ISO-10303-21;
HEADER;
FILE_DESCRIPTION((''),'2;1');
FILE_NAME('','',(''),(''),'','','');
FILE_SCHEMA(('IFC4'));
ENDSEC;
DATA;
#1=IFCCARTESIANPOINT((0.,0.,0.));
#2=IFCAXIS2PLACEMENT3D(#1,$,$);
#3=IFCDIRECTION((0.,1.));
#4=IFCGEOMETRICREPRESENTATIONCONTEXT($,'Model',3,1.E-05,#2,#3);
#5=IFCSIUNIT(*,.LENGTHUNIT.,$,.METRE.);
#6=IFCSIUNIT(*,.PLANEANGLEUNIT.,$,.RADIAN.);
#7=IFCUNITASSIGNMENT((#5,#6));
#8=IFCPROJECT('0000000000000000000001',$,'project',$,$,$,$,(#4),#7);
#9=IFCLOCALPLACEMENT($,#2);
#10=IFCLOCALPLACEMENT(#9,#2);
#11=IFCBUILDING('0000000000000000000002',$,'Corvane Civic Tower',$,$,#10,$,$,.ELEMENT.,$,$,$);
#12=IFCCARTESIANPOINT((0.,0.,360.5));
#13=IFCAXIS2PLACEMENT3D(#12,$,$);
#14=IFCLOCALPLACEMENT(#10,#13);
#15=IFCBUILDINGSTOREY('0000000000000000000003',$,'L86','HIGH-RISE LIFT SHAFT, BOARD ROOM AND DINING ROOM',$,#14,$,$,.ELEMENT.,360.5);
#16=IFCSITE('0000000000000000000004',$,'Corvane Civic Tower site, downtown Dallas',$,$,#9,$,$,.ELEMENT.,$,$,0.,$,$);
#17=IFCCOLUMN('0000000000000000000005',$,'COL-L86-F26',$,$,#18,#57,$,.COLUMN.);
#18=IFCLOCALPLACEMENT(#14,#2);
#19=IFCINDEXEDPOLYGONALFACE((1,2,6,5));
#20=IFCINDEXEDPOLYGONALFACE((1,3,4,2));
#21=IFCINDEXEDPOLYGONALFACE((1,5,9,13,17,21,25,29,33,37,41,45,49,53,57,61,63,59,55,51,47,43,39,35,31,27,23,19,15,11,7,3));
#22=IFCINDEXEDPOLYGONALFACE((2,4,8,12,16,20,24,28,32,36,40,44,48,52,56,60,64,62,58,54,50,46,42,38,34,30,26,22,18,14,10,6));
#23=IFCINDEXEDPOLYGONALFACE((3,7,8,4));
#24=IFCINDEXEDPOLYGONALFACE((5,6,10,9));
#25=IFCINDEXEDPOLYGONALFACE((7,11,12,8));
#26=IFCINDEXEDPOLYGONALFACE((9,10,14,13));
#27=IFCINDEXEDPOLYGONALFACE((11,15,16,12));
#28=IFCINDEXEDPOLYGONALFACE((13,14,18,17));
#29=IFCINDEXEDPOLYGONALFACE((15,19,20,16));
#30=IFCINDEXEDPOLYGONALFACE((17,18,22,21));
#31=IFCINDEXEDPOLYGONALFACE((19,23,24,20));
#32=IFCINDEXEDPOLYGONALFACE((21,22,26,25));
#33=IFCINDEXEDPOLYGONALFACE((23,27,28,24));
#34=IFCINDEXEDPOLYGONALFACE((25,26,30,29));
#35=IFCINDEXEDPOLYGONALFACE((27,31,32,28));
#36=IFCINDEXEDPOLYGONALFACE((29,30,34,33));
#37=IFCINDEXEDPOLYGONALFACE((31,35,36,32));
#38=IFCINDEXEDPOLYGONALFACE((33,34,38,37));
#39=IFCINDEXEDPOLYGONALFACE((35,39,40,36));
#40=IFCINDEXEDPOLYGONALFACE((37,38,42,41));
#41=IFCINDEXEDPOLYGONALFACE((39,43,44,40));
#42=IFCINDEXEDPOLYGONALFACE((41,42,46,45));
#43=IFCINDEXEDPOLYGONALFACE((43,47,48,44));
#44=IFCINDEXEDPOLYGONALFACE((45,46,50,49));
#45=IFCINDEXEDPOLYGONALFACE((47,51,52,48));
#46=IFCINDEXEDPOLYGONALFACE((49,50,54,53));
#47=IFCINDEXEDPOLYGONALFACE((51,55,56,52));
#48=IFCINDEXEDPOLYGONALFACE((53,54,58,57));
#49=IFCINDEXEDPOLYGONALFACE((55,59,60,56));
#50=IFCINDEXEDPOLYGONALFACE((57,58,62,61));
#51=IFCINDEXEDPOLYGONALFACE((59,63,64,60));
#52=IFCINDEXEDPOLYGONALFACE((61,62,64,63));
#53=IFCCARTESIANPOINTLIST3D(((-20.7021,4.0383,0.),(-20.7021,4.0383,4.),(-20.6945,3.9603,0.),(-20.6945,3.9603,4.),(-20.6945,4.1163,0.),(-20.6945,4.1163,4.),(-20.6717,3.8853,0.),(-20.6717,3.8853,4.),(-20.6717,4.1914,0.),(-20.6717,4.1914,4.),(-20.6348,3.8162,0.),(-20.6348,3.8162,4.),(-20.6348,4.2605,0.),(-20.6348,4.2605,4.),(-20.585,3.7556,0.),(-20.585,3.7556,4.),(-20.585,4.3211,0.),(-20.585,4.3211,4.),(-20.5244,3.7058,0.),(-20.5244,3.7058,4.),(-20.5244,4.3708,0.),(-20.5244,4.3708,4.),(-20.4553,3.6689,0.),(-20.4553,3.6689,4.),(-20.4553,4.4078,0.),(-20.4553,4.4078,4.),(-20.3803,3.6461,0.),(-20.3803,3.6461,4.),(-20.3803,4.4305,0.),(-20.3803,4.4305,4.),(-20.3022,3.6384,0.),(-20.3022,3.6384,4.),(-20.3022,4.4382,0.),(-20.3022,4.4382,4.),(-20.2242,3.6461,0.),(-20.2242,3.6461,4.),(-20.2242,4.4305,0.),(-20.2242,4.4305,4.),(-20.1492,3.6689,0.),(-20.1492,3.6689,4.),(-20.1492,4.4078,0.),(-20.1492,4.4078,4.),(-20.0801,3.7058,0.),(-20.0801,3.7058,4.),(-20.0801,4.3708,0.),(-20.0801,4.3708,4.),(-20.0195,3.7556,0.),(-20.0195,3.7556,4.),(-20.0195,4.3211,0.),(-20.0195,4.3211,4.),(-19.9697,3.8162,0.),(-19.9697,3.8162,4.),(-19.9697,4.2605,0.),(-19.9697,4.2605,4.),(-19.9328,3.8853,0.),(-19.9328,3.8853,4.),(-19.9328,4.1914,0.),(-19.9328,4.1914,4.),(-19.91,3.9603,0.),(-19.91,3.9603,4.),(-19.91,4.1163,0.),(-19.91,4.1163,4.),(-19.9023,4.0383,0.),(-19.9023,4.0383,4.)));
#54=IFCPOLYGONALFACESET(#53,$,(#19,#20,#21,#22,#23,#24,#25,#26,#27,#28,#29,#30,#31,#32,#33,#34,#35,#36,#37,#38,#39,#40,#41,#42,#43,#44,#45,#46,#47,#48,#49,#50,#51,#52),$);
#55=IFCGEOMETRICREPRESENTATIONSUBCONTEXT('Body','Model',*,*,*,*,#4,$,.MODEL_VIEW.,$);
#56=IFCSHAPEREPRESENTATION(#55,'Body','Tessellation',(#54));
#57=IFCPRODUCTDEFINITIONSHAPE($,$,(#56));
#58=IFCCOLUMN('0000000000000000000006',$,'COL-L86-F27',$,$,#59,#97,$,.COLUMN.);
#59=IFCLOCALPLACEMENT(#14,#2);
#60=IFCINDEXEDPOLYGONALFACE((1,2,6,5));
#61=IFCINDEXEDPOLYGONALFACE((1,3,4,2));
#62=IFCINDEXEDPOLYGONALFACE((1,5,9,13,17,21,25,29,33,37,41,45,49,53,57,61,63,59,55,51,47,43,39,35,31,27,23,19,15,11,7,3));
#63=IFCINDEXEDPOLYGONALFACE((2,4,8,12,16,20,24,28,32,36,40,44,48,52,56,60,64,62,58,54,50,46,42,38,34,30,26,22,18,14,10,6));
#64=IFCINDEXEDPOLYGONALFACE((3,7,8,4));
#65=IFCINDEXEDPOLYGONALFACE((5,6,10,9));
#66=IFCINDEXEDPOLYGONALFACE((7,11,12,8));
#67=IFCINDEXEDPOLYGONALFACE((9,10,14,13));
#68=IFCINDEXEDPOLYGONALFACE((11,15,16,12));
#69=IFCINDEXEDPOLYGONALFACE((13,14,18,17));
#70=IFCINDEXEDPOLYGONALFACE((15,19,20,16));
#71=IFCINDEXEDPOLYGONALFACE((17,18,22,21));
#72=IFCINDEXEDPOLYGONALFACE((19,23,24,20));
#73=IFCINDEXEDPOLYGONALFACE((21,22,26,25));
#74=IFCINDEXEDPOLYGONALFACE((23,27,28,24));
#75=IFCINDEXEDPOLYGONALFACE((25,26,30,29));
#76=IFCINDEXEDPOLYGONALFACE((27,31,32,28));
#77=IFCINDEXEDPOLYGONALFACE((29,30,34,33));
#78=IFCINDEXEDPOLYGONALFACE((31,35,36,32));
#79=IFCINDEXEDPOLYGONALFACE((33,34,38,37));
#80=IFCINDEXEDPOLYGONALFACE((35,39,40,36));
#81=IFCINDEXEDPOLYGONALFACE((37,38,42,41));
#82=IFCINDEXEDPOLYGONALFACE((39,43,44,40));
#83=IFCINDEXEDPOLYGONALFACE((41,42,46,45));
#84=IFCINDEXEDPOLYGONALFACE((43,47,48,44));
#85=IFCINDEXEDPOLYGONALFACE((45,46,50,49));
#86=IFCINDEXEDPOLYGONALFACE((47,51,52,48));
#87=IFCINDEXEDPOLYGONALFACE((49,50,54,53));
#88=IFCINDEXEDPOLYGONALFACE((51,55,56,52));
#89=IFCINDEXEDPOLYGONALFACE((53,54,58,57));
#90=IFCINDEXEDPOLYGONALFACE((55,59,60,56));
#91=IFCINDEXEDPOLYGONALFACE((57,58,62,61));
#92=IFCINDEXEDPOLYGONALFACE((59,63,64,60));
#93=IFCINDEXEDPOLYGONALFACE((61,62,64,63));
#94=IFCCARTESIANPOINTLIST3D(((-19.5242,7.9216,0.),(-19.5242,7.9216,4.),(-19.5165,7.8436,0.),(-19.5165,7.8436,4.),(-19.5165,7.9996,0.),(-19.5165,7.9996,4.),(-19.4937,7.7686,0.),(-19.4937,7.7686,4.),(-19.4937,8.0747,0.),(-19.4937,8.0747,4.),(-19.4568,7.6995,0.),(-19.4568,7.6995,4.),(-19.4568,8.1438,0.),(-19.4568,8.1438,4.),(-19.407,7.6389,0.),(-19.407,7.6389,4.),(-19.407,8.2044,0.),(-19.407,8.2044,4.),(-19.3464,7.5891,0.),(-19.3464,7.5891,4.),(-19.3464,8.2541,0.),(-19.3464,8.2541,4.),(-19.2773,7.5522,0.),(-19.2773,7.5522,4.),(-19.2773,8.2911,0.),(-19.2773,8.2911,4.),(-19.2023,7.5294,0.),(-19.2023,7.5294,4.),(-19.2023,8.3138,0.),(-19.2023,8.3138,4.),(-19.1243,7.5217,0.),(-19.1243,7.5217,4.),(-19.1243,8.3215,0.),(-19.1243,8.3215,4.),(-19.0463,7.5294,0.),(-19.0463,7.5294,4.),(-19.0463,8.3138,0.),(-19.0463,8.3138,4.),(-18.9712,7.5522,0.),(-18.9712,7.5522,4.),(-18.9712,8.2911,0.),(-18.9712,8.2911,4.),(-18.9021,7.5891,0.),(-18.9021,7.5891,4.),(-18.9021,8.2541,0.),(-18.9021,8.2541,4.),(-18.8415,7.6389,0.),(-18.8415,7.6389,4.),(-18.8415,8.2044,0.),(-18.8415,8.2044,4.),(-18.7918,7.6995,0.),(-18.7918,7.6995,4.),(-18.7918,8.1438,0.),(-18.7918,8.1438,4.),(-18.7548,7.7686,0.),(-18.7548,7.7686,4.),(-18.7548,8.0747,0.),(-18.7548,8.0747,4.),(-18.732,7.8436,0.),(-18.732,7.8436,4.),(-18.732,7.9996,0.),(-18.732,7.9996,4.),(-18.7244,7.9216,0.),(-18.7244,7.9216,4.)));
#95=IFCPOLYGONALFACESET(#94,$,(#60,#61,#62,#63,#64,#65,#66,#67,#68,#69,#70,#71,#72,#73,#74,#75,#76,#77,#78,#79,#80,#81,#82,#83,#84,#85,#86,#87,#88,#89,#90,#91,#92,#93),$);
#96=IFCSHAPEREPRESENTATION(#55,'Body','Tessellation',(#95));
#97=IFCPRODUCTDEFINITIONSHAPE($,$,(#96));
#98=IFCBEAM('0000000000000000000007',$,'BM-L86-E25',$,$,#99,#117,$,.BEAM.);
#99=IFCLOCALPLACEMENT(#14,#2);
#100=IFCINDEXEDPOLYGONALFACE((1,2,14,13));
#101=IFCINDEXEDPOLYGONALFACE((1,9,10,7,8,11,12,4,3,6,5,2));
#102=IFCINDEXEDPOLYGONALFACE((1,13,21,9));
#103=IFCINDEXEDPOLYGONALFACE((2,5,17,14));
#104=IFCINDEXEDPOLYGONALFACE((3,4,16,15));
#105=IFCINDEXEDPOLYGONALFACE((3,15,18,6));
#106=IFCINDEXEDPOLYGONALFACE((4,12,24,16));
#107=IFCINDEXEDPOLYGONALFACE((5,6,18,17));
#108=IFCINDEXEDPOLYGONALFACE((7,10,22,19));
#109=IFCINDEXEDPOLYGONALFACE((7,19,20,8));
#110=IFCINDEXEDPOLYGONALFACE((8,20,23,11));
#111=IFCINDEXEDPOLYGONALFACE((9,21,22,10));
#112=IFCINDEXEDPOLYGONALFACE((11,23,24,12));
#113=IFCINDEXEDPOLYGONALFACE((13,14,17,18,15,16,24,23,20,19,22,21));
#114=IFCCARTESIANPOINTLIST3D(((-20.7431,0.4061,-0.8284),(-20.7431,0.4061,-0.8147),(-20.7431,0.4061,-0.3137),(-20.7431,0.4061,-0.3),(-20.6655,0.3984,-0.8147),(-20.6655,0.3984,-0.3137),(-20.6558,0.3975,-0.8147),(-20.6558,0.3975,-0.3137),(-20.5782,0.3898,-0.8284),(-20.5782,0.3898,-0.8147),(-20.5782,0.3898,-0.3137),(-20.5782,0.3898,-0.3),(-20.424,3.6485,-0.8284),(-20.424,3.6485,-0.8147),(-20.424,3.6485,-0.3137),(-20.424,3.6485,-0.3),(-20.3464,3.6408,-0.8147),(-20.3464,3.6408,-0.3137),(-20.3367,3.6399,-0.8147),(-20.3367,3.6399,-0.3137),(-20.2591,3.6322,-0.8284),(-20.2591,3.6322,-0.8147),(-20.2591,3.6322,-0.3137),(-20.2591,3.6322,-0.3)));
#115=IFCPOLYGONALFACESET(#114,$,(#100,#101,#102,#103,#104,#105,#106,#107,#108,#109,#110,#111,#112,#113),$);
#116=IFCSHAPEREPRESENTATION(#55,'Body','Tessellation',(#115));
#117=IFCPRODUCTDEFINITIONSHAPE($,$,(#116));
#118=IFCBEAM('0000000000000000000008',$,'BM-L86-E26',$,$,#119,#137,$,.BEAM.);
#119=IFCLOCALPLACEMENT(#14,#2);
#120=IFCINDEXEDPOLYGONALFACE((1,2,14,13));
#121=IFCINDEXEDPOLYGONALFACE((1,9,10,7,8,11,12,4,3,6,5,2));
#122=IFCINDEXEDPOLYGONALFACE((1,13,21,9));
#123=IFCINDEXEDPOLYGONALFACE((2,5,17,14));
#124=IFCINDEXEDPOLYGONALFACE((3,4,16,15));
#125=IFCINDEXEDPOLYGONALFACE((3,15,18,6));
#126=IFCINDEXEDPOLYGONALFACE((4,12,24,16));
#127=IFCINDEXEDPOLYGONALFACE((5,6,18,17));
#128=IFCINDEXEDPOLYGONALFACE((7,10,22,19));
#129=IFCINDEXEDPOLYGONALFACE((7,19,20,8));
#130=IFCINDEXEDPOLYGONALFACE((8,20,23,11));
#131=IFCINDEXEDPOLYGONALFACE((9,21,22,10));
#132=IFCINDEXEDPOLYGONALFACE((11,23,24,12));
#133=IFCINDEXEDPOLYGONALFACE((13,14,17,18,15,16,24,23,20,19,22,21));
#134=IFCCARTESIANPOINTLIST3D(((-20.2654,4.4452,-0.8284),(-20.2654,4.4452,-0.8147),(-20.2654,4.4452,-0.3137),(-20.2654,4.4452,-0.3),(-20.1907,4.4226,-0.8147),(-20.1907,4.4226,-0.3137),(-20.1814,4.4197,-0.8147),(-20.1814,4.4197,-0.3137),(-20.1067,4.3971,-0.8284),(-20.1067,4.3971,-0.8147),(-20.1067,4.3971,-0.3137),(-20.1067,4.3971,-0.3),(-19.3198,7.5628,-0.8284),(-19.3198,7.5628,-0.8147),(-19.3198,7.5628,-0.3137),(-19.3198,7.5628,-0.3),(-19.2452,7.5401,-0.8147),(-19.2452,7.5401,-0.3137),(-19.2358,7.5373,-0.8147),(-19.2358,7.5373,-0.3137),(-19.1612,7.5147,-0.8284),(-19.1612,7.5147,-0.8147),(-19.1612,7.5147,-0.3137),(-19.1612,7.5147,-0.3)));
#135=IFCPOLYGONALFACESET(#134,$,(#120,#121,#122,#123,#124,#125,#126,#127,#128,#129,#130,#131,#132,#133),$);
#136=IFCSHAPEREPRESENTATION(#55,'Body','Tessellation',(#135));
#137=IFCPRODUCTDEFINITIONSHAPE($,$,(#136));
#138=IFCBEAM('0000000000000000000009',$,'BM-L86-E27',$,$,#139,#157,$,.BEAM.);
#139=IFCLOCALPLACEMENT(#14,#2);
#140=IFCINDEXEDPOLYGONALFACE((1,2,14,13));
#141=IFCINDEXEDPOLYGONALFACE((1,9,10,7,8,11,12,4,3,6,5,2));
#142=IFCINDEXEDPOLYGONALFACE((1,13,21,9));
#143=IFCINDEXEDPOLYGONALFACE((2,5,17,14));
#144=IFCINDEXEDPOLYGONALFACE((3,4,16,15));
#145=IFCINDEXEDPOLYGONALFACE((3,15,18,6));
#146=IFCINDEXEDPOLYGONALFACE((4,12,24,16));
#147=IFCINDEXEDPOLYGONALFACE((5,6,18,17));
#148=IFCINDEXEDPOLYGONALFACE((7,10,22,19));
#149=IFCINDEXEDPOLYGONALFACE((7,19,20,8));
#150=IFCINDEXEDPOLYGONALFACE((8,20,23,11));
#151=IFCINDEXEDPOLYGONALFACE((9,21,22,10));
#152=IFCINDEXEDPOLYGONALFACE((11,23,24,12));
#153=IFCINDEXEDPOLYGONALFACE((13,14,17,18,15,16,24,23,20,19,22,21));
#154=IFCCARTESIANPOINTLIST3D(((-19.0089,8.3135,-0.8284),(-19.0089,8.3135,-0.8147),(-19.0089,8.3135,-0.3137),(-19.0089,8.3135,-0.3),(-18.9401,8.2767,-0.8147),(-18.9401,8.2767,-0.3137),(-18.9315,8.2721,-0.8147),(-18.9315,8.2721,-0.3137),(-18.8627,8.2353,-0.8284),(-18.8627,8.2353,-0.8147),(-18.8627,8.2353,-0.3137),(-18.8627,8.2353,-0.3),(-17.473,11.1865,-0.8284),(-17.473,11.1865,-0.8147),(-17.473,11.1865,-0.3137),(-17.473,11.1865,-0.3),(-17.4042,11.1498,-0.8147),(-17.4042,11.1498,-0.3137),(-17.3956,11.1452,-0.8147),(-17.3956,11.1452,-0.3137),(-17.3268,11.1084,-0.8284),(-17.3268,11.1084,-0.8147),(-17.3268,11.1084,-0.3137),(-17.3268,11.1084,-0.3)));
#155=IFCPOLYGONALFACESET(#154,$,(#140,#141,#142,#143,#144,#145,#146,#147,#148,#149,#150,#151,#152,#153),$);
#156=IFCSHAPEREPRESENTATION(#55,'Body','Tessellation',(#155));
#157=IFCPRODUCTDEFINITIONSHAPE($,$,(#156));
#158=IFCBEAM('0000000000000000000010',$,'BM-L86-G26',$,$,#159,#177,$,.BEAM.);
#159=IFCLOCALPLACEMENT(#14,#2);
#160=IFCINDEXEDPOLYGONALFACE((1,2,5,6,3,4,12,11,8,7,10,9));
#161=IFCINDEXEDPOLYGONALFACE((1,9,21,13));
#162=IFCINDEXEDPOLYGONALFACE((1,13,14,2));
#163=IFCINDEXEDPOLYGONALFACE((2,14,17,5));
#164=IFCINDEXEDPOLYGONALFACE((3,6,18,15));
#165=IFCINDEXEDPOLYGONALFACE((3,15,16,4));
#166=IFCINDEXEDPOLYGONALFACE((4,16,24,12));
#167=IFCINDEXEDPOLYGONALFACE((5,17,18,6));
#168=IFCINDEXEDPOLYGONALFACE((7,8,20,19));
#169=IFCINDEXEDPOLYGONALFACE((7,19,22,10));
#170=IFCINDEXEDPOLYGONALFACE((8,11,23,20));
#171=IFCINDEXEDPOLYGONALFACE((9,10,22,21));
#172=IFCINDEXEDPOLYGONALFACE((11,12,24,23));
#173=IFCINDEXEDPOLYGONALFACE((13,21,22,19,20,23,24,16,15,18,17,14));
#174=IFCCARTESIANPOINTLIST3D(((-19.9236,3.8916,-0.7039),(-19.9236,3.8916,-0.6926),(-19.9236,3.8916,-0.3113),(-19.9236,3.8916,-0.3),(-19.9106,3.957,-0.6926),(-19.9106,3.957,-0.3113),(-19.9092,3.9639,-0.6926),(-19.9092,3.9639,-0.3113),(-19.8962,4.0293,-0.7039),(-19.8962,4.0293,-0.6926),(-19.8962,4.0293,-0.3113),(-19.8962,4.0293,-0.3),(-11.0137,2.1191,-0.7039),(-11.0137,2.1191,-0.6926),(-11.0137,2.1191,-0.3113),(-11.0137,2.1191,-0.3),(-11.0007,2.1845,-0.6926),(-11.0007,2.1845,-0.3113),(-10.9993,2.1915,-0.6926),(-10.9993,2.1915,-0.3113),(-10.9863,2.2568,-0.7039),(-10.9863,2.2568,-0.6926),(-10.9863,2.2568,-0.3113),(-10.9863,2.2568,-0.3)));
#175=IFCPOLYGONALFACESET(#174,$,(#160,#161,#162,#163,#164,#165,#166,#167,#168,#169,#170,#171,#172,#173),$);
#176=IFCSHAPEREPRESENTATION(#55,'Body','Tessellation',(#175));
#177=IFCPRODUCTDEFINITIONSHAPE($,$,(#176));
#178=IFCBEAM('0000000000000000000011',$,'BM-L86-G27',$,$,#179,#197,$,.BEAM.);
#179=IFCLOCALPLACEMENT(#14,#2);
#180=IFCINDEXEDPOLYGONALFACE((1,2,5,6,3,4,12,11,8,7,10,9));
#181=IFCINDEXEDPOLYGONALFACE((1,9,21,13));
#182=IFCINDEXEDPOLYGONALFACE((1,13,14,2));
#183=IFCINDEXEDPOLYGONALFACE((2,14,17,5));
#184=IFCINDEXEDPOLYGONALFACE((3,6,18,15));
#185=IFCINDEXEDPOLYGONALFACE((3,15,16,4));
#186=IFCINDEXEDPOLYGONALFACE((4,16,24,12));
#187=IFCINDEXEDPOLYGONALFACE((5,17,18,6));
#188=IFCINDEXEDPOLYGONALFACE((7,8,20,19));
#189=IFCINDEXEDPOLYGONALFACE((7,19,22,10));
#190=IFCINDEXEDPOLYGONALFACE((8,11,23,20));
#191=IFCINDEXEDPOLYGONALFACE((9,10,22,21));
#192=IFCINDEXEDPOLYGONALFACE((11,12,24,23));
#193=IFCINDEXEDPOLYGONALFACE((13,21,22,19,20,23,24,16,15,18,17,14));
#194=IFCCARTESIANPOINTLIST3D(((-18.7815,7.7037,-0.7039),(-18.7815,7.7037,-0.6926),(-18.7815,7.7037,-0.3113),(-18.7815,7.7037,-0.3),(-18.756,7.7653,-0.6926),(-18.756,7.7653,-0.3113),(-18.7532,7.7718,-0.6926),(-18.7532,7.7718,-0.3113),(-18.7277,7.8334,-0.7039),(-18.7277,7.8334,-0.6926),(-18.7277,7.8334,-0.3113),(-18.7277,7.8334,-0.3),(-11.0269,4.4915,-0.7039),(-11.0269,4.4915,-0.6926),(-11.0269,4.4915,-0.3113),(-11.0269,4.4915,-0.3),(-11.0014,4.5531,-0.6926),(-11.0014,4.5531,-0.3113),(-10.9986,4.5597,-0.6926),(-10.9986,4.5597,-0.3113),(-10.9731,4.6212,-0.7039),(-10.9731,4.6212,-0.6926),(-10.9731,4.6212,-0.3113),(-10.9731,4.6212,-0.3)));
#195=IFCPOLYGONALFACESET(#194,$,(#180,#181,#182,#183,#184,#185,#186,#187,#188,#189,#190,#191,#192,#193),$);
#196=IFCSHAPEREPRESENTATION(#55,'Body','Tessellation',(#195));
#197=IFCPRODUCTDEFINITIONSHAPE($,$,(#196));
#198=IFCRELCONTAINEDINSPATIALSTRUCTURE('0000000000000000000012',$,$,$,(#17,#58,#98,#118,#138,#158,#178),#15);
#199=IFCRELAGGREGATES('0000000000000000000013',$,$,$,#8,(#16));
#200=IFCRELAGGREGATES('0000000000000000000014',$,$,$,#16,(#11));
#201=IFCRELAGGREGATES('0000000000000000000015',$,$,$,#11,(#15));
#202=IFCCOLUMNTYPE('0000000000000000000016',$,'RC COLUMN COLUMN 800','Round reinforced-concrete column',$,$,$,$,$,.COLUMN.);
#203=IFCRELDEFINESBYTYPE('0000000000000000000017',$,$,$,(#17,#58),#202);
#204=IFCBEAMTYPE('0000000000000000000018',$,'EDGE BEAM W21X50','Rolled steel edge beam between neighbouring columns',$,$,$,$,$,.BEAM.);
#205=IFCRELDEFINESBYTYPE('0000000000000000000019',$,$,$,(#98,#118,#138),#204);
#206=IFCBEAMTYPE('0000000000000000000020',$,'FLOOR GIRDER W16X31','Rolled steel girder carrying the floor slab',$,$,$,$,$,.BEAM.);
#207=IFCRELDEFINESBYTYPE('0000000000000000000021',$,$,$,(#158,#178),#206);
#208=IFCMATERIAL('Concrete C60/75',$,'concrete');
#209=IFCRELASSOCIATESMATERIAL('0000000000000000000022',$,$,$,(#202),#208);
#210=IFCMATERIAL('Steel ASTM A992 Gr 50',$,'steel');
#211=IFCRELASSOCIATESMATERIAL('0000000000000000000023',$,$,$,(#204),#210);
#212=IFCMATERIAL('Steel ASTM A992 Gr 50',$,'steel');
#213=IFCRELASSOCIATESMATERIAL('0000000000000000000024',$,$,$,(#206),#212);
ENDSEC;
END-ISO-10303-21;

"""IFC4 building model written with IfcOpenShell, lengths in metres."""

from ifc_helpers import new_model, si_unit, direction, frame, origin, origin_2d, place, context, subcontext, project, spatial, circle, i_section, extrude, material, material_profile, profile_set, type_object, element, save


model = new_model("IFC4")

# Units and contexts
model_context = context("Model", 3, precision=1e-05, world=origin(), true_north=direction((0.0, 1.0)))
body_context = subcontext(model_context, "Body", "Model", "MODEL_VIEW")
ifc_project = project(units=[si_unit("LENGTHUNIT", "METRE"), si_unit("PLANEANGLEUNIT", "RADIAN")], contexts=[model_context])

# Site, building, storey
site_placement = place(None, origin())
site = spatial("IfcSite", under=ifc_project, at=site_placement, Name="Corvane Civic Tower site, downtown Dallas", CompositionType="ELEMENT", RefElevation=0.0)
building_placement = place(site_placement, origin())
building = spatial("IfcBuilding", under=site, at=building_placement, Name="Corvane Civic Tower", CompositionType="ELEMENT")
storey_placement = place(building_placement, frame((0.0, 0.0, 360.5)))
storey = spatial("IfcBuildingStorey", under=building, at=storey_placement, Name="L86", Description="HIGH-RISE LIFT SHAFT, BOARD ROOM AND DINING ROOM", CompositionType="ELEMENT", Elevation=360.5)

# Columns
ifc_material_1 = material(Name="Concrete C60/75", Category="concrete")
ifc_material_profile_1 = material_profile(ifc_material_1, circle(Radius=0.3999, at=origin_2d()), Name="COLUMN 800")
ifc_profile_set_1 = profile_set([ifc_material_profile_1], Name="Concrete C60/75")
column_type = type_object("IfcColumnType", Name="RC COLUMN COLUMN 800", Description="Round reinforced-concrete column", PredefinedType="COLUMN", material=ifc_profile_set_1)
for number, where, z_axis, x_axis, name in (
    (1, (-20.3022, 4.0383, 0.0), (0.0, 0.0, 1.0), (1.0, 0.0, 0.0), "COL-L86-F26"),
    (2, (-19.1243, 7.9216, 0.0), (0.0, 0.0, 1.0), (1.0, 0.0, 0.0), "COL-L86-F27"),
):
    element("IfcColumn", number, at=place(storey_placement, frame(where, z_axis=z_axis, x_axis=x_axis)), inside=storey, type_object=column_type, Name=name, PredefinedType="COLUMN", context=body_context, shape_type="SweptSolid", body=[
        extrude(circle(Radius=0.3999, at=origin_2d()), origin(), (0.0, 0.0, 1.0), 4.0),
    ])

# Beams
ifc_material_2 = material(Name="Steel ASTM A992 Gr 50", Category="steel")
ifc_material_profile_2 = material_profile(ifc_material_2, i_section(OverallWidth=0.1658, OverallDepth=0.5283, WebThickness=0.0098, FlangeThickness=0.0137, at=origin_2d()), Name="W21X50")
ifc_profile_set_2 = profile_set([ifc_material_profile_2], Name="Steel ASTM A992 Gr 50")
beam_type_1 = type_object("IfcBeamType", Name="EDGE BEAM W21X50", Description="Rolled steel edge beam between neighbouring columns", PredefinedType="BEAM", material=ifc_profile_set_2)
beam_1_placement = place(storey_placement, frame((-20.6606, 0.3979, -0.5642), z_axis=(0.097938, 0.995193, 0.0), x_axis=(-0.995193, 0.097938, 0.0)))
element("IfcBeam", 3, at=beam_1_placement, inside=storey, type_object=beam_type_1, Name="BM-L86-E25", PredefinedType="BEAM", context=body_context, shape_type="SweptSolid", body=[
    extrude(i_section(OverallWidth=0.1658, OverallDepth=0.5283, WebThickness=0.0098, FlangeThickness=0.0137, at=origin_2d()), origin(), (0.0, 0.0, 1.0), 3.2581),
])
for number, where, z_axis, x_axis, name in (
    (4, (-20.186, 4.4211, -0.5642), (0.290234, 0.956956, 0.0), (-0.956956, 0.290234, 0.0), "BM-L86-E26"),
    (5, (-18.9358, 8.2744, -0.5642), (0.471448, 0.881894, 0.0), (-0.881894, 0.471448, 0.0), "BM-L86-E27"),
):
    element("IfcBeam", number, at=place(storey_placement, frame(where, z_axis=z_axis, x_axis=x_axis)), inside=storey, type_object=beam_type_1, Name=name, PredefinedType="BEAM", context=body_context, shape_type="SweptSolid", body=[
        extrude(i_section(OverallWidth=0.1658, OverallDepth=0.5283, WebThickness=0.0098, FlangeThickness=0.0137, at=origin_2d()), origin(), (0.0, 0.0, 1.0), 3.2578),
    ])
ifc_material_3 = material(Name="Steel ASTM A992 Gr 50", Category="steel")
ifc_material_profile_3 = material_profile(ifc_material_3, i_section(OverallWidth=0.1404, OverallDepth=0.4038, WebThickness=0.0071, FlangeThickness=0.0112, at=origin_2d()), Name="W16X31")
ifc_profile_set_3 = profile_set([ifc_material_profile_3], Name="Steel ASTM A992 Gr 50")
beam_type_2 = type_object("IfcBeamType", Name="FLOOR GIRDER W16X31", Description="Rolled steel girder carrying the floor slab", PredefinedType="BEAM", material=ifc_profile_set_3)
beam_2_placement = place(storey_placement, frame((-11.0, 2.188, -0.502), z_axis=(-0.980782, 0.195108, 0.0), x_axis=(-0.195108, -0.980782, 0.0)))
element("IfcBeam", 6, at=beam_2_placement, inside=storey, type_object=beam_type_2, Name="BM-L86-G26", PredefinedType="BEAM", context=body_context, shape_type="SweptSolid", body=[
    extrude(i_section(OverallWidth=0.1404, OverallDepth=0.4038, WebThickness=0.0071, FlangeThickness=0.0112, at=origin_2d()), origin(), (0.0, 0.0, 1.0), 9.0845),
])
beam_3_placement = place(storey_placement, frame((-11.0, 4.5564, -0.502), z_axis=(-0.923876, 0.382692, 0.0), x_axis=(-0.382692, -0.923876, 0.0)))
element("IfcBeam", 7, at=beam_3_placement, inside=storey, type_object=beam_type_2, Name="BM-L86-G27", PredefinedType="BEAM", context=body_context, shape_type="SweptSolid", body=[
    extrude(i_section(OverallWidth=0.1404, OverallDepth=0.4038, WebThickness=0.0071, FlangeThickness=0.0112, at=origin_2d()), origin(), (0.0, 0.0, 1.0), 8.3936),
])

save(model, "model.ifc")
